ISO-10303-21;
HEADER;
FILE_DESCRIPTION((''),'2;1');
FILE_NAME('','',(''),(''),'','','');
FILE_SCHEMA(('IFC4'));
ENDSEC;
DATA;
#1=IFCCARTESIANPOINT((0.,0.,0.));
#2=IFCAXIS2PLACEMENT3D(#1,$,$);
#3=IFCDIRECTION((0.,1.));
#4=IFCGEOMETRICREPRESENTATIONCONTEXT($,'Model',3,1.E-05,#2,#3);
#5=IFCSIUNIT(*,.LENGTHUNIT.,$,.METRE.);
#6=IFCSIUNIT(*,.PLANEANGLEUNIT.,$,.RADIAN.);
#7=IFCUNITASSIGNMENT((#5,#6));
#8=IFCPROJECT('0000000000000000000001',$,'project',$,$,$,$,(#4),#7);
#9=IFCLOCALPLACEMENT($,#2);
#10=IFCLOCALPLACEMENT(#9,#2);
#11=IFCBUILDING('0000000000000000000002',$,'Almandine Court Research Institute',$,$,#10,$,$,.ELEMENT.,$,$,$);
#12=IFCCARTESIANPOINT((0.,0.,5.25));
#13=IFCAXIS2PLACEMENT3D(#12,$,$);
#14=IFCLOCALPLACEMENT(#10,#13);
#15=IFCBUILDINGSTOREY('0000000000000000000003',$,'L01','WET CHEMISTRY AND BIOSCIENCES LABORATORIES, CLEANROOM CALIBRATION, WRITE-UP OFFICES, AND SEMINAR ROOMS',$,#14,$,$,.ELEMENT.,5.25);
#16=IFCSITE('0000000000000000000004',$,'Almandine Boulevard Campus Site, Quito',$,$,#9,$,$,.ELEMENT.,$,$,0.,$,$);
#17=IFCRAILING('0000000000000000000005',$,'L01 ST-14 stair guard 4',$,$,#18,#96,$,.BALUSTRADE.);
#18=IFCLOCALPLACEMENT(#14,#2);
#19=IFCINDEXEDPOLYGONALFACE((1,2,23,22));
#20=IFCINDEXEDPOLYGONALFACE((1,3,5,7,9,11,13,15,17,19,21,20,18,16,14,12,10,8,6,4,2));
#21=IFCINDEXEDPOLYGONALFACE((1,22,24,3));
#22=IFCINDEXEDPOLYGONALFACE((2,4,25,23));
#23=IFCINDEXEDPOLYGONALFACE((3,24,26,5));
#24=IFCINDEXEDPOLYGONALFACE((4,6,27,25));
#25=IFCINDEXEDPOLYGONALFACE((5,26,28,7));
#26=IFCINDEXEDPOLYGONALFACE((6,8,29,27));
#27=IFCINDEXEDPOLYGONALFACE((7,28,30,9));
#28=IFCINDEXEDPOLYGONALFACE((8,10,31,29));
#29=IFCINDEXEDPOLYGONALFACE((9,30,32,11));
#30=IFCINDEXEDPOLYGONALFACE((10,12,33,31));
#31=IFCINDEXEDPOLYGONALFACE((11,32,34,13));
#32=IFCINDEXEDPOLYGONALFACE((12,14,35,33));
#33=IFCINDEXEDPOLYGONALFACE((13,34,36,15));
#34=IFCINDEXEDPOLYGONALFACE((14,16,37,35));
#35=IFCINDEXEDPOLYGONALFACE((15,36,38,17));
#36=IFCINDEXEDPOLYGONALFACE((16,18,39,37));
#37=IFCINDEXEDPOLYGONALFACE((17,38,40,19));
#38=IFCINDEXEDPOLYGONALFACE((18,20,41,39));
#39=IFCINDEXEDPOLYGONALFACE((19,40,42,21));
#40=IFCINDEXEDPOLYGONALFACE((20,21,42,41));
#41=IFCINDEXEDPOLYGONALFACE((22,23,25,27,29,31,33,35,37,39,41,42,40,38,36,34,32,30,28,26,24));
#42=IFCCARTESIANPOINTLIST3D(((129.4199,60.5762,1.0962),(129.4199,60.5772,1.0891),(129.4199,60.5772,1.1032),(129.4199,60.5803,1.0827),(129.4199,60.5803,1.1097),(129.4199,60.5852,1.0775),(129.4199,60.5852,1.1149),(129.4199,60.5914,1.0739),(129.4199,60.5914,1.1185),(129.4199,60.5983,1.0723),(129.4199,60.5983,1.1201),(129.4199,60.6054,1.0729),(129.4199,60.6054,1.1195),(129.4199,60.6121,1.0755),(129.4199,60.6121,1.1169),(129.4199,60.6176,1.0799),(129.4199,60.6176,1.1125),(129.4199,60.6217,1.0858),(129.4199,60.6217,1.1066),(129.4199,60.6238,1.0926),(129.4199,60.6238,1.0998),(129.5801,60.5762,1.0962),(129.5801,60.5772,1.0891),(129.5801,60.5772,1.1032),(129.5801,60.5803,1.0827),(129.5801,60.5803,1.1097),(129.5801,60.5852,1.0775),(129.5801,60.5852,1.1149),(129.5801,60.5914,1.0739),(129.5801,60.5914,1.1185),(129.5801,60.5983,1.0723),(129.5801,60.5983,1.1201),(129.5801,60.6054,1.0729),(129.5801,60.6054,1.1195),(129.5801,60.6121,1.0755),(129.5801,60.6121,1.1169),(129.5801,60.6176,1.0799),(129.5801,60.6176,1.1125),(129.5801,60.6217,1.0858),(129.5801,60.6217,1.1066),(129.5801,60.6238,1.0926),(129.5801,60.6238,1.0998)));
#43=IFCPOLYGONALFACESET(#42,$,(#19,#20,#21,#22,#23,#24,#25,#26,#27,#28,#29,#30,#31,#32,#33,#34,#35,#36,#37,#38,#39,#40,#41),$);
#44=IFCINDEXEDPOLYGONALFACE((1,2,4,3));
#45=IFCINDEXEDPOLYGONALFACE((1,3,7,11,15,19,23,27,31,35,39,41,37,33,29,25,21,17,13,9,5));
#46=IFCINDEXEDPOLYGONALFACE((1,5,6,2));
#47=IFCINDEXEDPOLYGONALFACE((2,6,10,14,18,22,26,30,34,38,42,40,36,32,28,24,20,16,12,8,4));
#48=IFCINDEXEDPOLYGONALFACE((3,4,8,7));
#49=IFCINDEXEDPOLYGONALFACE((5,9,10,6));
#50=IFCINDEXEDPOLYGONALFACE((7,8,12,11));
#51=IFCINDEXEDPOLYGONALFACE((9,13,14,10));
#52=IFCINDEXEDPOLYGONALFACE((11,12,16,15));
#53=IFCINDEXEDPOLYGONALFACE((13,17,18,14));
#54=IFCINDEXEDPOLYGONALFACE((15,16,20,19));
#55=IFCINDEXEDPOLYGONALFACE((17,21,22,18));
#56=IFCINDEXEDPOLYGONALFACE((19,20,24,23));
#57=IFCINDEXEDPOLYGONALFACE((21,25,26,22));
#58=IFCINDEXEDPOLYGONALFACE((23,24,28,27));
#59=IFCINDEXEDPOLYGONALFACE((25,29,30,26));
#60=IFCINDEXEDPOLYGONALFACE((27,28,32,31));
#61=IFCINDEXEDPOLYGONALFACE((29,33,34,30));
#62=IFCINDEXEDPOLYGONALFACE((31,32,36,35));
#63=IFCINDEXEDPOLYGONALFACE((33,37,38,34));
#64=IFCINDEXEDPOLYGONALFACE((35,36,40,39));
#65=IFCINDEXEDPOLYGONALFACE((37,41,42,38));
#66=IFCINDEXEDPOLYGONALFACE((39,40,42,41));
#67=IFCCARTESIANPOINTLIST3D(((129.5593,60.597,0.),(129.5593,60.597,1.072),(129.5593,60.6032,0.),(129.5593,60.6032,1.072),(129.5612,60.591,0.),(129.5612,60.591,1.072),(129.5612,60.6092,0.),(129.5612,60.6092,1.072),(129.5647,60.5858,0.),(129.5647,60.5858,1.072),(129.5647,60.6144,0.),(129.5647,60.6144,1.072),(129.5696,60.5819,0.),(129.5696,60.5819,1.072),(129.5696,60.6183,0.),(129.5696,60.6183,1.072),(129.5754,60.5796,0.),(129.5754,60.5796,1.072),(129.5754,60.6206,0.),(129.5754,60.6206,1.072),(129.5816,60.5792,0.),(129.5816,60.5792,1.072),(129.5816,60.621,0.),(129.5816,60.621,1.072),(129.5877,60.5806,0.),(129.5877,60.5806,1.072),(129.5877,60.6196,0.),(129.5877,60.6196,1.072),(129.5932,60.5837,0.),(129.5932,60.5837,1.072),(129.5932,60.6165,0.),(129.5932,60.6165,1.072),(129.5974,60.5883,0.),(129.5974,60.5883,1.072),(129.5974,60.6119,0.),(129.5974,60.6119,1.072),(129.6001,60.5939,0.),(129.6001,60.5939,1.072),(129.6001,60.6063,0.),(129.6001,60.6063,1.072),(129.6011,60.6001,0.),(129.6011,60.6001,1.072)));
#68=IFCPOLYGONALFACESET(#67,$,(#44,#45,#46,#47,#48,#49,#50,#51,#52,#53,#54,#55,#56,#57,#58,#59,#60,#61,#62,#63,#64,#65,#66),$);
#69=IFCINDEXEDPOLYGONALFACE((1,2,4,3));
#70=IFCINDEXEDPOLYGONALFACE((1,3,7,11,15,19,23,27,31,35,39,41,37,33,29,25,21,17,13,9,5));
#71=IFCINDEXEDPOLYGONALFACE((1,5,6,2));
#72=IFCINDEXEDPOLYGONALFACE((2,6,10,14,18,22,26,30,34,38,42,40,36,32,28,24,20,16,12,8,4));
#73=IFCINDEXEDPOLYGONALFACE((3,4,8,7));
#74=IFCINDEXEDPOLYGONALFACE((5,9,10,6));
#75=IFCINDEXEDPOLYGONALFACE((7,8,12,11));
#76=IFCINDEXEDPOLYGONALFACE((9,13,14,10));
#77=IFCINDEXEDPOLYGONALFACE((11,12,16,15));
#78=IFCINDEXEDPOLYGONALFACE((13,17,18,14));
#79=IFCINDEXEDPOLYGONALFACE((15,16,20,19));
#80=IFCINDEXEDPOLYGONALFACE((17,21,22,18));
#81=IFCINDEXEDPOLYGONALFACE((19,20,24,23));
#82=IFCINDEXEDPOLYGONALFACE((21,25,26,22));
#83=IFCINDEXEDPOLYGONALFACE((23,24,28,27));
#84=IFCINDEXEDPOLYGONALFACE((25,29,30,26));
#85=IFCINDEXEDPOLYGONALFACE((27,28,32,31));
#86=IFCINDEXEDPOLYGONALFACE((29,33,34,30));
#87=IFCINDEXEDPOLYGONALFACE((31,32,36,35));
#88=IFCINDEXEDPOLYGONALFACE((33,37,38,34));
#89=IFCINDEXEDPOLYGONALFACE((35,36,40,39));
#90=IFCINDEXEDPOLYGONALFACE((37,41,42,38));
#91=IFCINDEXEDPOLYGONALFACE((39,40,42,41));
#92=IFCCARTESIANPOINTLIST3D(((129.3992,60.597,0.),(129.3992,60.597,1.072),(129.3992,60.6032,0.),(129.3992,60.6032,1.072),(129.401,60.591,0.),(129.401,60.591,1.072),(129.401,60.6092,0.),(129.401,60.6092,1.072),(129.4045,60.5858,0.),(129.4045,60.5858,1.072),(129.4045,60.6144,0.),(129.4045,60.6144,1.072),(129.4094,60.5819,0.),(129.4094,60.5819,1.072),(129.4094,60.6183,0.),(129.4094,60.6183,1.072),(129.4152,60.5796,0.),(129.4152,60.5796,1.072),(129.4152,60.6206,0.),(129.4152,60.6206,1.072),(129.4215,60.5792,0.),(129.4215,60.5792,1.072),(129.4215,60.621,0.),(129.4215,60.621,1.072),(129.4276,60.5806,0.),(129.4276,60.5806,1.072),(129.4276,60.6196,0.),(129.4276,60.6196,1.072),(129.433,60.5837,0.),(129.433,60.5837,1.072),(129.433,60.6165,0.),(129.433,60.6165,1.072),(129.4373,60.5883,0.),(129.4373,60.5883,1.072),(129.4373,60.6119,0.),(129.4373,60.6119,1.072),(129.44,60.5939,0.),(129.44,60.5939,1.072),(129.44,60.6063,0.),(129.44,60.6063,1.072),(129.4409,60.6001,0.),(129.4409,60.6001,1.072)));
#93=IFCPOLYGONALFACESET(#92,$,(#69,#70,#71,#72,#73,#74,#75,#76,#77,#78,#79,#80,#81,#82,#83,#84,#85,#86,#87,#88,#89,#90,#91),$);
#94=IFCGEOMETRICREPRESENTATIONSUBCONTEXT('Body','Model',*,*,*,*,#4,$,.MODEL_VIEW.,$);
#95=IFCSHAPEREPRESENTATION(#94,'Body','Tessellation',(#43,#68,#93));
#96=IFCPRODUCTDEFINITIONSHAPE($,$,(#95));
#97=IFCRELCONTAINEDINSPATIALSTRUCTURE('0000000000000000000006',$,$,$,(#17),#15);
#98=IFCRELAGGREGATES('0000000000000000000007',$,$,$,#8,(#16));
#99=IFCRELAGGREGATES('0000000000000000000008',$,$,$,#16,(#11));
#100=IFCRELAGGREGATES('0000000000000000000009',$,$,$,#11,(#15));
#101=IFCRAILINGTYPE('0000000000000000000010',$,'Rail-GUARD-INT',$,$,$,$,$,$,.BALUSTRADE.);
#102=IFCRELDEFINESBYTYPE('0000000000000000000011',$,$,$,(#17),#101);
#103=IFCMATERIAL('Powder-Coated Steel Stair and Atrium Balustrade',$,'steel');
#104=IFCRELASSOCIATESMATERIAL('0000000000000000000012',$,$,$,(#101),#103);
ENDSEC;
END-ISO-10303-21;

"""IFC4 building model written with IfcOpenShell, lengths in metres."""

from ifc_helpers import new_model, si_unit, direction, frame, origin, origin_2d, place, context, subcontext, project, spatial, circle, extrude, material, type_object, element, save


model = new_model("IFC4")

# Units and contexts
model_context = context("Model", 3, precision=1e-05, world=origin(), true_north=direction((0.0, 1.0)))
body_context = subcontext(model_context, "Body", "Model", "MODEL_VIEW")
ifc_project = project(units=[si_unit("LENGTHUNIT", "METRE"), si_unit("PLANEANGLEUNIT", "RADIAN")], contexts=[model_context])

# Site, building, storey
site_placement = place(None, origin())
site = spatial("IfcSite", under=ifc_project, at=site_placement, Name="Almandine Boulevard Campus Site, Quito", CompositionType="ELEMENT", RefElevation=0.0)
building_placement = place(site_placement, origin())
building = spatial("IfcBuilding", under=site, at=building_placement, Name="Almandine Court Research Institute", CompositionType="ELEMENT")
storey_placement = place(building_placement, frame((0.0, 0.0, 5.25)))
storey = spatial("IfcBuildingStorey", under=building, at=storey_placement, Name="L01", Description="WET CHEMISTRY AND BIOSCIENCES LABORATORIES, CLEANROOM CALIBRATION, WRITE-UP OFFICES, AND SEMINAR ROOMS", CompositionType="ELEMENT", Elevation=5.25)

# Railing
ifc_material_1 = material(Name="Powder-Coated Steel Stair and Atrium Balustrade", Category="steel")
railing_type_1 = type_object("IfcRailingType", Name="Rail-GUARD-INT", PredefinedType="BALUSTRADE", material=ifc_material_1)
railing_1_placement = place(storey_placement, frame((129.5801, 60.6001, 0.0)))
element("IfcRailing", 1, at=railing_1_placement, inside=storey, type_object=railing_type_1, Name="L01 ST-14 stair guard 4", PredefinedType="BALUSTRADE", context=body_context, shape_type="SweptSolid", body=[
    extrude(circle(Radius=0.0239, at=origin_2d()), frame((0.0, 0.0, 1.0962), z_axis=(-1.0, 0.0, 0.0), x_axis=(0.0, -1.0, 0.0)), (0.0, 0.0, 1.0), 0.1602),
    extrude(circle(Radius=0.021, at=origin_2d()), origin(), (0.0, 0.0, 1.0), 1.072),
    extrude(circle(Radius=0.021, at=origin_2d()), frame((-0.1602, 0.0, 0.0)), (0.0, 0.0, 1.0), 1.072),
])

save(model, "model.ifc")
